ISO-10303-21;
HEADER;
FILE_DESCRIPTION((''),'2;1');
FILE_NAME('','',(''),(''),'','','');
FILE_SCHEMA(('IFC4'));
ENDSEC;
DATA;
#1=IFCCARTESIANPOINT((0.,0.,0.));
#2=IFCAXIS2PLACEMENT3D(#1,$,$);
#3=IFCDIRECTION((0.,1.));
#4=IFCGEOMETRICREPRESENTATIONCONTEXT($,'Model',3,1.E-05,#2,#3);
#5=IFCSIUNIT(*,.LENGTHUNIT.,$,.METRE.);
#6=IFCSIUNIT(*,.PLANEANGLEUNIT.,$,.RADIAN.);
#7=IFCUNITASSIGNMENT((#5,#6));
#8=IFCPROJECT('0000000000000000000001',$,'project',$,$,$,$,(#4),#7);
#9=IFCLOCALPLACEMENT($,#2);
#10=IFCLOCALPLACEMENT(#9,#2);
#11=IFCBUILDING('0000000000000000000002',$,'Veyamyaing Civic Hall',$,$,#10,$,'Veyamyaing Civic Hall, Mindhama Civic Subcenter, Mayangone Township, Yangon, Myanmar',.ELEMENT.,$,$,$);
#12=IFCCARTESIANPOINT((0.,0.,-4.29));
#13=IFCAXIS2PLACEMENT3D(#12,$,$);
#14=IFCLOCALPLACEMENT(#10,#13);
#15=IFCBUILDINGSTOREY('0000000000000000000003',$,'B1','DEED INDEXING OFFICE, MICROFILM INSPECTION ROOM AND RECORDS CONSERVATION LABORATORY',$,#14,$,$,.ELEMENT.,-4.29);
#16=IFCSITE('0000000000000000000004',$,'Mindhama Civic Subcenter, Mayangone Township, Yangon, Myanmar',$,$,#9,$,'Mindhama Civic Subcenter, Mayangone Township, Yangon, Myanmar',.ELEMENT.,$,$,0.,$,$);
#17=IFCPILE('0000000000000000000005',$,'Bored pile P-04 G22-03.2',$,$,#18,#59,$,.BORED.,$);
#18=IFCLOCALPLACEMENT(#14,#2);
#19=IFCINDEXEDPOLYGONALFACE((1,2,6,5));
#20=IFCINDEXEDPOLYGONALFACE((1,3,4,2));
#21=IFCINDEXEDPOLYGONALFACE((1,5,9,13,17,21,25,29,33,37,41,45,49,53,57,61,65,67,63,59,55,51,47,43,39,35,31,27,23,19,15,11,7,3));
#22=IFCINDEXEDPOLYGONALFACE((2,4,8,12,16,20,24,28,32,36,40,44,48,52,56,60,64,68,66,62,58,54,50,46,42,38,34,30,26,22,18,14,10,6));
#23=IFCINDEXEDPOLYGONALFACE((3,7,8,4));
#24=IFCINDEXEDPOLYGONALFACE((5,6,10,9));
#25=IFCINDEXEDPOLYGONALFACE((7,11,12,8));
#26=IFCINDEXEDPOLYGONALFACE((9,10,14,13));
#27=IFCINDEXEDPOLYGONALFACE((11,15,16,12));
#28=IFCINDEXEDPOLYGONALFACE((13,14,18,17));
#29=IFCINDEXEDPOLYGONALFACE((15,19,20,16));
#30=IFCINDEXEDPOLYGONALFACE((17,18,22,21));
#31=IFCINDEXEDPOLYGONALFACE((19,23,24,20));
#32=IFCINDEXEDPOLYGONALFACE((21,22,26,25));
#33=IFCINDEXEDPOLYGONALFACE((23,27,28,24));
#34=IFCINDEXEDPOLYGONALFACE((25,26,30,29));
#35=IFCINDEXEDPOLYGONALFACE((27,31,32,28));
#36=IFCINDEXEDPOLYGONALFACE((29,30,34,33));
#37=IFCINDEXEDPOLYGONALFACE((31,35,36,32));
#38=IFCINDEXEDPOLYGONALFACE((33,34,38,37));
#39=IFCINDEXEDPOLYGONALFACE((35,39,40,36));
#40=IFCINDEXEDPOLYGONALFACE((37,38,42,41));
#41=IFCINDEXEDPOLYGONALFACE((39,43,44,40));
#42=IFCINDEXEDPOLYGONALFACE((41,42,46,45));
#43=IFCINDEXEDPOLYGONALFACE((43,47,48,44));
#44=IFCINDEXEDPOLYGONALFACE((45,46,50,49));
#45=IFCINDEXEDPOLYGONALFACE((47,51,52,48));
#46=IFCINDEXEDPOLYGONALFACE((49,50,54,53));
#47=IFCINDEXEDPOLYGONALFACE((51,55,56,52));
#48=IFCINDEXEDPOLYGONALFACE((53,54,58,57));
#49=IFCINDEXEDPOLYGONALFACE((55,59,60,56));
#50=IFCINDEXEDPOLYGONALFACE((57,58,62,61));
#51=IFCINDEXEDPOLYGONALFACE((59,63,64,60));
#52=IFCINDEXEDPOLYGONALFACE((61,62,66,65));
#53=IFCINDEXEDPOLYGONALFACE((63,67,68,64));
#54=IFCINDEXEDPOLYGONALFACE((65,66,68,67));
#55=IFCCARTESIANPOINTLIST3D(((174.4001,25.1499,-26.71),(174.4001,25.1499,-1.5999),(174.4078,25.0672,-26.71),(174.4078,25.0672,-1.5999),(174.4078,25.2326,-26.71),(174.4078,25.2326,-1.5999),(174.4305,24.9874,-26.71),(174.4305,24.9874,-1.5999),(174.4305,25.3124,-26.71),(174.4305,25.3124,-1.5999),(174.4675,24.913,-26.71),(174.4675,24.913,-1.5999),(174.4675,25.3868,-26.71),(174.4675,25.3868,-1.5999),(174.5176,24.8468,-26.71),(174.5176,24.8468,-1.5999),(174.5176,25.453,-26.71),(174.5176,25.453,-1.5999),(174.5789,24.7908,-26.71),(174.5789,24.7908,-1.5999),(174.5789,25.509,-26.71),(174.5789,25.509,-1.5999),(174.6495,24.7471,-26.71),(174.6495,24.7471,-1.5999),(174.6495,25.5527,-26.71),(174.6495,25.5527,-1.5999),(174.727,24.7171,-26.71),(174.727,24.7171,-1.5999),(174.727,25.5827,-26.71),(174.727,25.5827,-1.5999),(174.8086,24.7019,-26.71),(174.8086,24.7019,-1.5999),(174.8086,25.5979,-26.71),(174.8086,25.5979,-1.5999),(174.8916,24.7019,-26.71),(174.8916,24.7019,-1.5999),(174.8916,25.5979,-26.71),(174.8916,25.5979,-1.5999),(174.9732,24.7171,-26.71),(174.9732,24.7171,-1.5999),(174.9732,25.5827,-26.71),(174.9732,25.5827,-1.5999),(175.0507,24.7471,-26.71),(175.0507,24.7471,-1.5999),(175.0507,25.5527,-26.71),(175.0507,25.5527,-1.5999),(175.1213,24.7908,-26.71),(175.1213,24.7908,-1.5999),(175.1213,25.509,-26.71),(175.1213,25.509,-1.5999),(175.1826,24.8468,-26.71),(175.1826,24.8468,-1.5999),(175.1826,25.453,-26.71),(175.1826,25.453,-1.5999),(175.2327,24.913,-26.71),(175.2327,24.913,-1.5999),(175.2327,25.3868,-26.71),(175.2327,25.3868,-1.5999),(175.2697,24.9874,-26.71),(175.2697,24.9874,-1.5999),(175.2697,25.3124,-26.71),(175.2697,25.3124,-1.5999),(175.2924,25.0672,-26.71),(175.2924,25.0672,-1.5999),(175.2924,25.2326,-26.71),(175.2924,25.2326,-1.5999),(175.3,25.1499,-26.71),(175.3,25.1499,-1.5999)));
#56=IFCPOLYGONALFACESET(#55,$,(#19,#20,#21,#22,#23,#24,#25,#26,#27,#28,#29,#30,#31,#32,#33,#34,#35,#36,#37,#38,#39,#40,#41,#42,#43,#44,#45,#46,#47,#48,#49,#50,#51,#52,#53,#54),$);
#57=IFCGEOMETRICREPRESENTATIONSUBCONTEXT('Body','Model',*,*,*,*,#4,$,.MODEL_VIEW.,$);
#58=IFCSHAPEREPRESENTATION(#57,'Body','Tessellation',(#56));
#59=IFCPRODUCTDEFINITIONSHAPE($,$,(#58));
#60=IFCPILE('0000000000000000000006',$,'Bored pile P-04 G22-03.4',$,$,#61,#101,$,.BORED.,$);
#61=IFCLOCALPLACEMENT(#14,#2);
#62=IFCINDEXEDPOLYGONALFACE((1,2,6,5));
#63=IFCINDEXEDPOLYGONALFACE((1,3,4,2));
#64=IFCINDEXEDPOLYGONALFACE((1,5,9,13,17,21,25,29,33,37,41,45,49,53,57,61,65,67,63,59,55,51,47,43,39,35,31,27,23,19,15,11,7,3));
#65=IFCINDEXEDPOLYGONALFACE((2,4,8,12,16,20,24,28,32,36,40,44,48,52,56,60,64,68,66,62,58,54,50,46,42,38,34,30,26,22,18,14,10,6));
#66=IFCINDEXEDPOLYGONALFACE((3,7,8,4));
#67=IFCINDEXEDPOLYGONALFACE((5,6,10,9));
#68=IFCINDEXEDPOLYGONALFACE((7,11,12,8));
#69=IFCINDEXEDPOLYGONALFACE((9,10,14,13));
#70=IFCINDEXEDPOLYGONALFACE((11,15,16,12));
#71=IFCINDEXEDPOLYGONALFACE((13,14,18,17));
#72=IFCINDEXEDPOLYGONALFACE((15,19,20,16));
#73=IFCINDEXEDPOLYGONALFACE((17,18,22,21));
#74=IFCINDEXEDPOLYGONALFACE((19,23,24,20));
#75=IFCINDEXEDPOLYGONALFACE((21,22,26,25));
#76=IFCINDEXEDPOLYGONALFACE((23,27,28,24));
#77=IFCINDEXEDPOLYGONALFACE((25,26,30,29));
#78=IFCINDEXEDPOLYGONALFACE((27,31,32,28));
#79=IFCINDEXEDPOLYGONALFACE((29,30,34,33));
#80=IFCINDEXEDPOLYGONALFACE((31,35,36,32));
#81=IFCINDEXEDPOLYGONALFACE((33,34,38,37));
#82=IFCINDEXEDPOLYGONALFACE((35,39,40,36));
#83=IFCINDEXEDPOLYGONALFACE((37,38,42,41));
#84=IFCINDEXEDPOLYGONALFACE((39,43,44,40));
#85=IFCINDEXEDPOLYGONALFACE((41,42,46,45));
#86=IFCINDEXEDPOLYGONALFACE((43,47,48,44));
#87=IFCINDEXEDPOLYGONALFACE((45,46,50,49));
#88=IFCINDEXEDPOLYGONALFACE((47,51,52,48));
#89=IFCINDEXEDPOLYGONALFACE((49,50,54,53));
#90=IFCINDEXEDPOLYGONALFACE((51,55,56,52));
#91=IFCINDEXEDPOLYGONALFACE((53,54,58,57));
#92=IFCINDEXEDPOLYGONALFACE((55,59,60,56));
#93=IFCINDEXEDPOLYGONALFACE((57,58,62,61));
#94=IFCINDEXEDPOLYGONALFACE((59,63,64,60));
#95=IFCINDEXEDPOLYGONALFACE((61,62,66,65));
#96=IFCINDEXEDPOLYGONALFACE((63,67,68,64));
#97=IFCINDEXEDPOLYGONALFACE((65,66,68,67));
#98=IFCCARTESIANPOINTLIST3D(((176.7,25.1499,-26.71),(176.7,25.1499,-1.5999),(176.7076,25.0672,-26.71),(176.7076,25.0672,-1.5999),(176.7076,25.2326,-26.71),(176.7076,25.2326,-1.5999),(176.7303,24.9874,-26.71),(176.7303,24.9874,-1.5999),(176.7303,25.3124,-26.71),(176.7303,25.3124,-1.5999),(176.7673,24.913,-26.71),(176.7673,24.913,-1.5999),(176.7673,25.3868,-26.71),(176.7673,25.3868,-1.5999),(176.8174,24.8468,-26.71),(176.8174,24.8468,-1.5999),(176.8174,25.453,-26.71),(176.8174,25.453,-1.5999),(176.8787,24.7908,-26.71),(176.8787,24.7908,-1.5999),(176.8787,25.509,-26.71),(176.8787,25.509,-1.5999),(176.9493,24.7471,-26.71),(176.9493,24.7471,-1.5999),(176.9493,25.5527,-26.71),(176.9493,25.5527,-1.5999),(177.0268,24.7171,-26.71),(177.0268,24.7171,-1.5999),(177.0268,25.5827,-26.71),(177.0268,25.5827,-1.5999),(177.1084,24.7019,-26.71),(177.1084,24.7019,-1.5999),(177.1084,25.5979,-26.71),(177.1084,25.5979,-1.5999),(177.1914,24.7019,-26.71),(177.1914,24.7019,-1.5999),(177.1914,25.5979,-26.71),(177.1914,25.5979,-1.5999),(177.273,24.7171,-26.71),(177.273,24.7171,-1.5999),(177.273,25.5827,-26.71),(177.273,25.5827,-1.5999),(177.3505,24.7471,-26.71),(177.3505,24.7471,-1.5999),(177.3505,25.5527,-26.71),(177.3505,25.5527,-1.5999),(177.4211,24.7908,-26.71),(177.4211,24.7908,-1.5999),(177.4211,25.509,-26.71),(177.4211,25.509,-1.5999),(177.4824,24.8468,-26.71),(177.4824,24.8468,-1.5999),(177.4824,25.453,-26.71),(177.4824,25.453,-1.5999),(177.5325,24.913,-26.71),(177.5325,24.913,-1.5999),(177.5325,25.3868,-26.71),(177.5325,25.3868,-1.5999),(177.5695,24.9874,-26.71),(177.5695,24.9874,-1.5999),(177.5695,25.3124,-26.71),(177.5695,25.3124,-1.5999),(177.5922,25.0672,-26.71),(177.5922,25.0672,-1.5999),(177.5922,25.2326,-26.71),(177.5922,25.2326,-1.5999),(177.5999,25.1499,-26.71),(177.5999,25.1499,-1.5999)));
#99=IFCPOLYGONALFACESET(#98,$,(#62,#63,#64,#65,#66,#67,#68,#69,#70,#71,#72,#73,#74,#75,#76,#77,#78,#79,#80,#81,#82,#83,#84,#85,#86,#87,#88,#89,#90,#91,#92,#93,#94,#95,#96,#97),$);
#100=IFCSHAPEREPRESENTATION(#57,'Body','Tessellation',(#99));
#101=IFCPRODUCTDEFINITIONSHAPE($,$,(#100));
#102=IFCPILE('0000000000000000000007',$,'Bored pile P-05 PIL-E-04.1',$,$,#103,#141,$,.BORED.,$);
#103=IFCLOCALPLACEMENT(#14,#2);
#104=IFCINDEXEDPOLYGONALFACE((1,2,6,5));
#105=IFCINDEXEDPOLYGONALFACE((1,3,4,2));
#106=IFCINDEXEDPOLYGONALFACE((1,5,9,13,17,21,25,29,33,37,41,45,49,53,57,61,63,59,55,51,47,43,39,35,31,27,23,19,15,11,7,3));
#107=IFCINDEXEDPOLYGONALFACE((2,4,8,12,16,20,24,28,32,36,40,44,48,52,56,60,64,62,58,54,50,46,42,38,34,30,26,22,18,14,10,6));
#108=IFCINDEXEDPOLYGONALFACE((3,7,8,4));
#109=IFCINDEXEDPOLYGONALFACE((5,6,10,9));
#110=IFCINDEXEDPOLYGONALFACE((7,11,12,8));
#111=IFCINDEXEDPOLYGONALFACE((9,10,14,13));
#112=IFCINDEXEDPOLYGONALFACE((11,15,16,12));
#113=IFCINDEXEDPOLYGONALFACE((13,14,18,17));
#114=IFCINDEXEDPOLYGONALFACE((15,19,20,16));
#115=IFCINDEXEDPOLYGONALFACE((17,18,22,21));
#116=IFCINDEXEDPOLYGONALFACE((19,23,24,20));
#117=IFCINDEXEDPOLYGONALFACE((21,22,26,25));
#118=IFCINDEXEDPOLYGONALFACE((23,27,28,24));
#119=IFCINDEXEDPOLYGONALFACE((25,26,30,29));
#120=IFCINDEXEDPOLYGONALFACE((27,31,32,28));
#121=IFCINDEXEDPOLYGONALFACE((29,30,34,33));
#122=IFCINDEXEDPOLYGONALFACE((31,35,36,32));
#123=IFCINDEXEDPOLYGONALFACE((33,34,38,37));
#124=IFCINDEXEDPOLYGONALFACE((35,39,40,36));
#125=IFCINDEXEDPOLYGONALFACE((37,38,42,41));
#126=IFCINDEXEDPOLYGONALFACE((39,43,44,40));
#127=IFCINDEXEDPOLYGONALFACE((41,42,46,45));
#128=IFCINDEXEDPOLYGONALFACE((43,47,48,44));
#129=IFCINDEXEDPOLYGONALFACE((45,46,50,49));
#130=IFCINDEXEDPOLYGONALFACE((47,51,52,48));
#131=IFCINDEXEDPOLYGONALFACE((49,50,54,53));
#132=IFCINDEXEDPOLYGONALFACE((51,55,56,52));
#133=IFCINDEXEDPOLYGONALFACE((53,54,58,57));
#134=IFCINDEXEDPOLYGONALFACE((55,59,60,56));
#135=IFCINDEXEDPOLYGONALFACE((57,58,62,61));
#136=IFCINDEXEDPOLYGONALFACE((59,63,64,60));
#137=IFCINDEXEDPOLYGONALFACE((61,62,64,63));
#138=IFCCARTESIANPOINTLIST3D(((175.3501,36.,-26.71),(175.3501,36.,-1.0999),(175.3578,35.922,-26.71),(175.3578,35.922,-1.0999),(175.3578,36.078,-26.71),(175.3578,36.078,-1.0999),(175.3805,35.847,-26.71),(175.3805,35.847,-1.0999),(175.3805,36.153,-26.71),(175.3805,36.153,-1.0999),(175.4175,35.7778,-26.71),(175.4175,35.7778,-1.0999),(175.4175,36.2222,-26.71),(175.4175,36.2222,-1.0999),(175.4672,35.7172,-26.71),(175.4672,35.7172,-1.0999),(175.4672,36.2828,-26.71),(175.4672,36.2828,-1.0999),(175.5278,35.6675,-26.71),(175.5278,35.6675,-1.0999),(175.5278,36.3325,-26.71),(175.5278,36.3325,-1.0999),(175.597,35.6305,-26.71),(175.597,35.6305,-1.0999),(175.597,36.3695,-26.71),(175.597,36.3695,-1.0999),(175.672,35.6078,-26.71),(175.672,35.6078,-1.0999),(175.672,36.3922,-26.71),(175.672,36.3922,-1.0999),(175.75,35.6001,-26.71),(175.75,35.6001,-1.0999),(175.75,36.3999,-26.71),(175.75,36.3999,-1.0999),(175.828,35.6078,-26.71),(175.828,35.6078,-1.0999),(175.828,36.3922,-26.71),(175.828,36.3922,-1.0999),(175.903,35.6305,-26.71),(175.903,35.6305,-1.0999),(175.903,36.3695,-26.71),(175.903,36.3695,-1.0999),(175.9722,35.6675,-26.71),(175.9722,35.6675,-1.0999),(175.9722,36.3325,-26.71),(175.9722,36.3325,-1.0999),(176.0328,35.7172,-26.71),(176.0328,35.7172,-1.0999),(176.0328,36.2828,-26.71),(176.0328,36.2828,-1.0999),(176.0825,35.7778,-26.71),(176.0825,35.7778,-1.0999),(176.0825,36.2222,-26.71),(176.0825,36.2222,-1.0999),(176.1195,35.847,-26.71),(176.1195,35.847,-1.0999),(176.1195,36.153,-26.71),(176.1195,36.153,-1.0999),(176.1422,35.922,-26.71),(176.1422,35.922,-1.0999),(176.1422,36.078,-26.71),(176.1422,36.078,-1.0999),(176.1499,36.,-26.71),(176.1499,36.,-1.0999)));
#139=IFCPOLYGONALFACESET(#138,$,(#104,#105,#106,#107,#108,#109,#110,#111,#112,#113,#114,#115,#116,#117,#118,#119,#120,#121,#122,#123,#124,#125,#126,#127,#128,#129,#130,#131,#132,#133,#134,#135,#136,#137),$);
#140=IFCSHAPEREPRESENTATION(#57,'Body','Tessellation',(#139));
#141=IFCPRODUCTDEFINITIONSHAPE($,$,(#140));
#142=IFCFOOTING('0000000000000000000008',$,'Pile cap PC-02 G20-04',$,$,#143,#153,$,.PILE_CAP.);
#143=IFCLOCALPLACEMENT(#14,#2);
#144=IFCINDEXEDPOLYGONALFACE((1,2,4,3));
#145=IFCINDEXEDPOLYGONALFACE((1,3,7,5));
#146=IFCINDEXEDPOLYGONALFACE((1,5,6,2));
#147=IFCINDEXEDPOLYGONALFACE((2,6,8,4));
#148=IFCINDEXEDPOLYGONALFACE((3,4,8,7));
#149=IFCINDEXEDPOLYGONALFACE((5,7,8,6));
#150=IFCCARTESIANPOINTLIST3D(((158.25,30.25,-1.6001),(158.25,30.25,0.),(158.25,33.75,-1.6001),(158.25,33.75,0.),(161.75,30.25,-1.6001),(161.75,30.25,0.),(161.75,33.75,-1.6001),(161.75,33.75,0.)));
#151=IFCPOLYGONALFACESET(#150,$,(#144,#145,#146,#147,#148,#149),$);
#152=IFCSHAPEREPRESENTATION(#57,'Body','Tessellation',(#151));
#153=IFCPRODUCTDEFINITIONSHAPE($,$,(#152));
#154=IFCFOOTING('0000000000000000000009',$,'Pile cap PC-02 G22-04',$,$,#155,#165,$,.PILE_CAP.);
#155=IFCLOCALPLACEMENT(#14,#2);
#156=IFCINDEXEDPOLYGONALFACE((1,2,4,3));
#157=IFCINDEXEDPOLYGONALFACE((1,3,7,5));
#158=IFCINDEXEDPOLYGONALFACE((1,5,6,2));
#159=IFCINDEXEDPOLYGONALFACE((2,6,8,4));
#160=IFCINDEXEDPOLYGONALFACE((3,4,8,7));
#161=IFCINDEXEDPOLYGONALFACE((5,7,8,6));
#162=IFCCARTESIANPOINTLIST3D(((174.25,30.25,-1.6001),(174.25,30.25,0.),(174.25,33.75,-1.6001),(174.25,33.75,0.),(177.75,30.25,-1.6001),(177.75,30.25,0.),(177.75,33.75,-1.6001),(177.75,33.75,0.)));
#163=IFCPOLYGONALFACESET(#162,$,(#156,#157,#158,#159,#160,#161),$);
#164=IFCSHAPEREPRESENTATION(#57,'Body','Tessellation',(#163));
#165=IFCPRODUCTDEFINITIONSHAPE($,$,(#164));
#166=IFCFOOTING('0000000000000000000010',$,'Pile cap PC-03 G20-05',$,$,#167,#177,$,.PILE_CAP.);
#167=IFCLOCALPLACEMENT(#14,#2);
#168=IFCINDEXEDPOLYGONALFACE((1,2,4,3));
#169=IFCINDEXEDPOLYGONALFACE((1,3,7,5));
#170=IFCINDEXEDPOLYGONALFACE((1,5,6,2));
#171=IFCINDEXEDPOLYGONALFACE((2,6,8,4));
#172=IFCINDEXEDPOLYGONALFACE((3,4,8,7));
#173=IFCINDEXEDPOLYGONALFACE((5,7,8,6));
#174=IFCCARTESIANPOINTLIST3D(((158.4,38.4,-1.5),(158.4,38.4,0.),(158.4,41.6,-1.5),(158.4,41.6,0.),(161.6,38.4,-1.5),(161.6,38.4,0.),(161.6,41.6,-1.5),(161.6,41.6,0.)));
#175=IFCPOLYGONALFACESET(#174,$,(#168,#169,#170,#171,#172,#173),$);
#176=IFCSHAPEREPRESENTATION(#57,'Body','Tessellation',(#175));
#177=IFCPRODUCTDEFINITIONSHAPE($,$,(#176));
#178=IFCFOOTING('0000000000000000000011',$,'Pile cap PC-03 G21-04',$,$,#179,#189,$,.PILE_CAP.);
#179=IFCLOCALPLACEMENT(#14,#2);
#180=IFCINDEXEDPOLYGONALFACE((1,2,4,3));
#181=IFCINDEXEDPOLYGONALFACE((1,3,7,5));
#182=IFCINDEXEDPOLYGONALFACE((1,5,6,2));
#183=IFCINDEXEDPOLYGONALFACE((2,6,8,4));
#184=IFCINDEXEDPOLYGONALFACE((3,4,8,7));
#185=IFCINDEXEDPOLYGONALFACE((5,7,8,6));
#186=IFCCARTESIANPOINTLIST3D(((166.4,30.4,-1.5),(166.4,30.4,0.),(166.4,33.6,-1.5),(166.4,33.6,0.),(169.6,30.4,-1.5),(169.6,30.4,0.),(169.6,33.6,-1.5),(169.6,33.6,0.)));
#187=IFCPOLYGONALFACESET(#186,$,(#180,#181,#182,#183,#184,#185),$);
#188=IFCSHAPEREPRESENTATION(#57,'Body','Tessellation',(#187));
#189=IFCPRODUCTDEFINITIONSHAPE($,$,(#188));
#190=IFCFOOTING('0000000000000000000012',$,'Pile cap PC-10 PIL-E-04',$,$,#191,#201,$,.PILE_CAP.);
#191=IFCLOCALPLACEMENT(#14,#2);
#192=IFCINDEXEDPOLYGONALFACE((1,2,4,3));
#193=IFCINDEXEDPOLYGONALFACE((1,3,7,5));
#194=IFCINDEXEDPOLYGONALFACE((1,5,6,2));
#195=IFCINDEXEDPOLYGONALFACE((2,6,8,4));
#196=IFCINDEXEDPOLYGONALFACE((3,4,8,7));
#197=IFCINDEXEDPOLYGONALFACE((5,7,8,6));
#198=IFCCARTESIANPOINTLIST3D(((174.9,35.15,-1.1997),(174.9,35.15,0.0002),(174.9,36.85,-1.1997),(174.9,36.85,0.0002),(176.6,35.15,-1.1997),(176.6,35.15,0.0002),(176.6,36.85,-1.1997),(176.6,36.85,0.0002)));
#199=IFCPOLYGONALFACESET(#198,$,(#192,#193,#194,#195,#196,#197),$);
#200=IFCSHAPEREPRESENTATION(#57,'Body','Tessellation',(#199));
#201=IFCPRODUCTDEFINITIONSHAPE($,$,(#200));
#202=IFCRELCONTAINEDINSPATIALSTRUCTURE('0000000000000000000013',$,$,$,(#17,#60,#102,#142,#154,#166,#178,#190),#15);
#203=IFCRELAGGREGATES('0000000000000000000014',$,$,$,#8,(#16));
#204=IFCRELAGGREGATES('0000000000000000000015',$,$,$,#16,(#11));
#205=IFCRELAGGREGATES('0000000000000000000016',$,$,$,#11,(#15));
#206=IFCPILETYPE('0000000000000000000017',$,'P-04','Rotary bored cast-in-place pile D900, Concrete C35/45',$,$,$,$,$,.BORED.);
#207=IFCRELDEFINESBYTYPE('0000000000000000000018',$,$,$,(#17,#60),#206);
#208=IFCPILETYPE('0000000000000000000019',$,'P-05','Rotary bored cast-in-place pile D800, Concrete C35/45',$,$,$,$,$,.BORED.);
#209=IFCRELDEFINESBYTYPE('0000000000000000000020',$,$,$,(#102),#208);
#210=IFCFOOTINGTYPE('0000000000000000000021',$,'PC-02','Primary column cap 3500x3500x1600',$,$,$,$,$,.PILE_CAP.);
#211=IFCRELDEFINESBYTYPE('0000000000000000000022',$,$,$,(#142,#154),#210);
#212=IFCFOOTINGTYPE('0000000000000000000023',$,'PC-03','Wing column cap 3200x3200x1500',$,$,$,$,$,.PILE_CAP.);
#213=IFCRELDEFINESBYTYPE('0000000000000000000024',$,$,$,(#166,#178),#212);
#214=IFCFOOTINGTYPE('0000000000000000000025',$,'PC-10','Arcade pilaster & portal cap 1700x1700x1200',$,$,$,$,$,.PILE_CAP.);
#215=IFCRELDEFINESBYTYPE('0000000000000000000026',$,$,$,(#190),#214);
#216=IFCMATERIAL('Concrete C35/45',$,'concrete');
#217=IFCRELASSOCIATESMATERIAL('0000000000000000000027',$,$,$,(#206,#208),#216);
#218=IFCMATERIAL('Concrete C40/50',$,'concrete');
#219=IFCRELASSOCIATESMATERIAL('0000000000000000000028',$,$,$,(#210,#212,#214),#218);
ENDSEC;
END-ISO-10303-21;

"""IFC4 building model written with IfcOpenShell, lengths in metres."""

from ifc_helpers import new_model, si_unit, direction, frame, origin, origin_2d, place, context, subcontext, project, spatial, rectangle, circle, extrude, material, material_profile, profile_set, type_object, element, save


model = new_model("IFC4")

# Units and contexts
model_context = context("Model", 3, precision=1e-05, world=origin(), true_north=direction((0.0, 1.0)))
body_context = subcontext(model_context, "Body", "Model", "MODEL_VIEW")
ifc_project = project(units=[si_unit("LENGTHUNIT", "METRE"), si_unit("PLANEANGLEUNIT", "RADIAN")], contexts=[model_context])

# Site, building, storey
site_placement = place(None, origin())
site = spatial("IfcSite", under=ifc_project, at=site_placement, Name="Mindhama Civic Subcenter, Mayangone Township, Yangon, Myanmar", LongName="Mindhama Civic Subcenter, Mayangone Township, Yangon, Myanmar", CompositionType="ELEMENT", RefElevation=0.0)
building_placement = place(site_placement, origin())
building = spatial("IfcBuilding", under=site, at=building_placement, Name="Veyamyaing Civic Hall", LongName="Veyamyaing Civic Hall, Mindhama Civic Subcenter, Mayangone Township, Yangon, Myanmar", CompositionType="ELEMENT")
storey_placement = place(building_placement, frame((0.0, 0.0, -4.29)))
storey = spatial("IfcBuildingStorey", under=building, at=storey_placement, Name="B1", Description="DEED INDEXING OFFICE, MICROFILM INSPECTION ROOM AND RECORDS CONSERVATION LABORATORY", CompositionType="ELEMENT", Elevation=-4.29)

# Shared definitions
ifc_material_1 = material(Name="Concrete C40/50", Category="concrete")

# Piles
ifc_material_2 = material(Name="Concrete C35/45", Category="concrete")
ifc_material_profile_1 = material_profile(ifc_material_2, circle(Radius=0.45, at=origin_2d()), Name="PILE-D900")
ifc_profile_set_1 = profile_set([ifc_material_profile_1], Name="Concrete C35/45")
pile_type_1 = type_object("IfcPileType", Name="P-04", Description="Rotary bored cast-in-place pile D900, Concrete C35/45", PredefinedType="BORED", material=ifc_profile_set_1)
for number, where, z_axis, x_axis, name in (
    (1, (174.8501, 25.1499, -1.5999), (0.0, 0.0, -1.0), (1.0, 0.0, 0.0), "Bored pile P-04 G22-03.2"),
    (2, (177.1499, 25.1499, -1.5999), (0.0, 0.0, -1.0), (1.0, 0.0, 0.0), "Bored pile P-04 G22-03.4"),
):
    element("IfcPile", number, at=place(storey_placement, frame(where, z_axis=z_axis, x_axis=x_axis)), inside=storey, type_object=pile_type_1, Name=name, PredefinedType="BORED", context=body_context, shape_type="SweptSolid", body=[
        extrude(circle(Radius=0.45, at=origin_2d()), origin(), (0.0, 0.0, 1.0), 25.1101),
    ])
ifc_material_profile_2 = material_profile(ifc_material_2, circle(Radius=0.3999, at=origin_2d()), Name="PILE-D800")
ifc_profile_set_2 = profile_set([ifc_material_profile_2], Name="Concrete C35/45")
pile_type_2 = type_object("IfcPileType", Name="P-05", Description="Rotary bored cast-in-place pile D800, Concrete C35/45", PredefinedType="BORED", material=ifc_profile_set_2)
pile_placement = place(storey_placement, frame((175.75, 36.0, -1.0999), z_axis=(0.0, 0.0, -1.0), x_axis=(1.0, 0.0, 0.0)))
element("IfcPile", 3, at=pile_placement, inside=storey, type_object=pile_type_2, Name="Bored pile P-05 PIL-E-04.1", PredefinedType="BORED", context=body_context, shape_type="SweptSolid", body=[
    extrude(circle(Radius=0.3999, at=origin_2d()), origin(), (0.0, 0.0, 1.0), 25.6101),
])

# Footings
footing_type_1 = type_object("IfcFootingType", Name="PC-02", Description="Primary column cap 3500x3500x1600", PredefinedType="PILE_CAP", material=ifc_material_1)
for number, where, z_axis, x_axis, name in (
    (4, (160.0, 32.0, -1.6001), (0.0, 0.0, 1.0), (1.0, 0.0, 0.0), "Pile cap PC-02 G20-04"),
    (5, (176.0, 32.0, -1.6001), (0.0, 0.0, 1.0), (1.0, 0.0, 0.0), "Pile cap PC-02 G22-04"),
):
    element("IfcFooting", number, at=place(storey_placement, frame(where, z_axis=z_axis, x_axis=x_axis)), inside=storey, type_object=footing_type_1, Name=name, PredefinedType="PILE_CAP", context=body_context, shape_type="SweptSolid", body=[
        extrude(rectangle(XDim=3.5, YDim=3.5, at=origin_2d()), origin(), (0.0, 0.0, 1.0), 1.6001),
    ])
footing_type_2 = type_object("IfcFootingType", Name="PC-03", Description="Wing column cap 3200x3200x1500", PredefinedType="PILE_CAP", material=ifc_material_1)
for number, where, z_axis, x_axis, name in (
    (6, (160.0, 40.0, -1.5), (0.0, 0.0, 1.0), (1.0, 0.0, 0.0), "Pile cap PC-03 G20-05"),
    (7, (168.0, 32.0, -1.5), (0.0, 0.0, 1.0), (1.0, 0.0, 0.0), "Pile cap PC-03 G21-04"),
):
    element("IfcFooting", number, at=place(storey_placement, frame(where, z_axis=z_axis, x_axis=x_axis)), inside=storey, type_object=footing_type_2, Name=name, PredefinedType="PILE_CAP", context=body_context, shape_type="SweptSolid", body=[
        extrude(rectangle(XDim=3.2, YDim=3.2, at=origin_2d()), origin(), (0.0, 0.0, 1.0), 1.5),
    ])
footing_type_3 = type_object("IfcFootingType", Name="PC-10", Description="Arcade pilaster & portal cap 1700x1700x1200", PredefinedType="PILE_CAP", material=ifc_material_1)
footing_1_placement = place(storey_placement, frame((175.75, 36.0, -1.1997), z_axis=(0.0, 0.0, 1.0), x_axis=(1.0, 0.0, 0.0)))
element("IfcFooting", 8, at=footing_1_placement, inside=storey, type_object=footing_type_3, Name="Pile cap PC-10 PIL-E-04", PredefinedType="PILE_CAP", context=body_context, shape_type="SweptSolid", body=[
    extrude(rectangle(XDim=1.7, YDim=1.7, at=origin_2d()), origin(), (0.0, 0.0, 1.0), 1.2),
])

save(model, "model.ifc")
